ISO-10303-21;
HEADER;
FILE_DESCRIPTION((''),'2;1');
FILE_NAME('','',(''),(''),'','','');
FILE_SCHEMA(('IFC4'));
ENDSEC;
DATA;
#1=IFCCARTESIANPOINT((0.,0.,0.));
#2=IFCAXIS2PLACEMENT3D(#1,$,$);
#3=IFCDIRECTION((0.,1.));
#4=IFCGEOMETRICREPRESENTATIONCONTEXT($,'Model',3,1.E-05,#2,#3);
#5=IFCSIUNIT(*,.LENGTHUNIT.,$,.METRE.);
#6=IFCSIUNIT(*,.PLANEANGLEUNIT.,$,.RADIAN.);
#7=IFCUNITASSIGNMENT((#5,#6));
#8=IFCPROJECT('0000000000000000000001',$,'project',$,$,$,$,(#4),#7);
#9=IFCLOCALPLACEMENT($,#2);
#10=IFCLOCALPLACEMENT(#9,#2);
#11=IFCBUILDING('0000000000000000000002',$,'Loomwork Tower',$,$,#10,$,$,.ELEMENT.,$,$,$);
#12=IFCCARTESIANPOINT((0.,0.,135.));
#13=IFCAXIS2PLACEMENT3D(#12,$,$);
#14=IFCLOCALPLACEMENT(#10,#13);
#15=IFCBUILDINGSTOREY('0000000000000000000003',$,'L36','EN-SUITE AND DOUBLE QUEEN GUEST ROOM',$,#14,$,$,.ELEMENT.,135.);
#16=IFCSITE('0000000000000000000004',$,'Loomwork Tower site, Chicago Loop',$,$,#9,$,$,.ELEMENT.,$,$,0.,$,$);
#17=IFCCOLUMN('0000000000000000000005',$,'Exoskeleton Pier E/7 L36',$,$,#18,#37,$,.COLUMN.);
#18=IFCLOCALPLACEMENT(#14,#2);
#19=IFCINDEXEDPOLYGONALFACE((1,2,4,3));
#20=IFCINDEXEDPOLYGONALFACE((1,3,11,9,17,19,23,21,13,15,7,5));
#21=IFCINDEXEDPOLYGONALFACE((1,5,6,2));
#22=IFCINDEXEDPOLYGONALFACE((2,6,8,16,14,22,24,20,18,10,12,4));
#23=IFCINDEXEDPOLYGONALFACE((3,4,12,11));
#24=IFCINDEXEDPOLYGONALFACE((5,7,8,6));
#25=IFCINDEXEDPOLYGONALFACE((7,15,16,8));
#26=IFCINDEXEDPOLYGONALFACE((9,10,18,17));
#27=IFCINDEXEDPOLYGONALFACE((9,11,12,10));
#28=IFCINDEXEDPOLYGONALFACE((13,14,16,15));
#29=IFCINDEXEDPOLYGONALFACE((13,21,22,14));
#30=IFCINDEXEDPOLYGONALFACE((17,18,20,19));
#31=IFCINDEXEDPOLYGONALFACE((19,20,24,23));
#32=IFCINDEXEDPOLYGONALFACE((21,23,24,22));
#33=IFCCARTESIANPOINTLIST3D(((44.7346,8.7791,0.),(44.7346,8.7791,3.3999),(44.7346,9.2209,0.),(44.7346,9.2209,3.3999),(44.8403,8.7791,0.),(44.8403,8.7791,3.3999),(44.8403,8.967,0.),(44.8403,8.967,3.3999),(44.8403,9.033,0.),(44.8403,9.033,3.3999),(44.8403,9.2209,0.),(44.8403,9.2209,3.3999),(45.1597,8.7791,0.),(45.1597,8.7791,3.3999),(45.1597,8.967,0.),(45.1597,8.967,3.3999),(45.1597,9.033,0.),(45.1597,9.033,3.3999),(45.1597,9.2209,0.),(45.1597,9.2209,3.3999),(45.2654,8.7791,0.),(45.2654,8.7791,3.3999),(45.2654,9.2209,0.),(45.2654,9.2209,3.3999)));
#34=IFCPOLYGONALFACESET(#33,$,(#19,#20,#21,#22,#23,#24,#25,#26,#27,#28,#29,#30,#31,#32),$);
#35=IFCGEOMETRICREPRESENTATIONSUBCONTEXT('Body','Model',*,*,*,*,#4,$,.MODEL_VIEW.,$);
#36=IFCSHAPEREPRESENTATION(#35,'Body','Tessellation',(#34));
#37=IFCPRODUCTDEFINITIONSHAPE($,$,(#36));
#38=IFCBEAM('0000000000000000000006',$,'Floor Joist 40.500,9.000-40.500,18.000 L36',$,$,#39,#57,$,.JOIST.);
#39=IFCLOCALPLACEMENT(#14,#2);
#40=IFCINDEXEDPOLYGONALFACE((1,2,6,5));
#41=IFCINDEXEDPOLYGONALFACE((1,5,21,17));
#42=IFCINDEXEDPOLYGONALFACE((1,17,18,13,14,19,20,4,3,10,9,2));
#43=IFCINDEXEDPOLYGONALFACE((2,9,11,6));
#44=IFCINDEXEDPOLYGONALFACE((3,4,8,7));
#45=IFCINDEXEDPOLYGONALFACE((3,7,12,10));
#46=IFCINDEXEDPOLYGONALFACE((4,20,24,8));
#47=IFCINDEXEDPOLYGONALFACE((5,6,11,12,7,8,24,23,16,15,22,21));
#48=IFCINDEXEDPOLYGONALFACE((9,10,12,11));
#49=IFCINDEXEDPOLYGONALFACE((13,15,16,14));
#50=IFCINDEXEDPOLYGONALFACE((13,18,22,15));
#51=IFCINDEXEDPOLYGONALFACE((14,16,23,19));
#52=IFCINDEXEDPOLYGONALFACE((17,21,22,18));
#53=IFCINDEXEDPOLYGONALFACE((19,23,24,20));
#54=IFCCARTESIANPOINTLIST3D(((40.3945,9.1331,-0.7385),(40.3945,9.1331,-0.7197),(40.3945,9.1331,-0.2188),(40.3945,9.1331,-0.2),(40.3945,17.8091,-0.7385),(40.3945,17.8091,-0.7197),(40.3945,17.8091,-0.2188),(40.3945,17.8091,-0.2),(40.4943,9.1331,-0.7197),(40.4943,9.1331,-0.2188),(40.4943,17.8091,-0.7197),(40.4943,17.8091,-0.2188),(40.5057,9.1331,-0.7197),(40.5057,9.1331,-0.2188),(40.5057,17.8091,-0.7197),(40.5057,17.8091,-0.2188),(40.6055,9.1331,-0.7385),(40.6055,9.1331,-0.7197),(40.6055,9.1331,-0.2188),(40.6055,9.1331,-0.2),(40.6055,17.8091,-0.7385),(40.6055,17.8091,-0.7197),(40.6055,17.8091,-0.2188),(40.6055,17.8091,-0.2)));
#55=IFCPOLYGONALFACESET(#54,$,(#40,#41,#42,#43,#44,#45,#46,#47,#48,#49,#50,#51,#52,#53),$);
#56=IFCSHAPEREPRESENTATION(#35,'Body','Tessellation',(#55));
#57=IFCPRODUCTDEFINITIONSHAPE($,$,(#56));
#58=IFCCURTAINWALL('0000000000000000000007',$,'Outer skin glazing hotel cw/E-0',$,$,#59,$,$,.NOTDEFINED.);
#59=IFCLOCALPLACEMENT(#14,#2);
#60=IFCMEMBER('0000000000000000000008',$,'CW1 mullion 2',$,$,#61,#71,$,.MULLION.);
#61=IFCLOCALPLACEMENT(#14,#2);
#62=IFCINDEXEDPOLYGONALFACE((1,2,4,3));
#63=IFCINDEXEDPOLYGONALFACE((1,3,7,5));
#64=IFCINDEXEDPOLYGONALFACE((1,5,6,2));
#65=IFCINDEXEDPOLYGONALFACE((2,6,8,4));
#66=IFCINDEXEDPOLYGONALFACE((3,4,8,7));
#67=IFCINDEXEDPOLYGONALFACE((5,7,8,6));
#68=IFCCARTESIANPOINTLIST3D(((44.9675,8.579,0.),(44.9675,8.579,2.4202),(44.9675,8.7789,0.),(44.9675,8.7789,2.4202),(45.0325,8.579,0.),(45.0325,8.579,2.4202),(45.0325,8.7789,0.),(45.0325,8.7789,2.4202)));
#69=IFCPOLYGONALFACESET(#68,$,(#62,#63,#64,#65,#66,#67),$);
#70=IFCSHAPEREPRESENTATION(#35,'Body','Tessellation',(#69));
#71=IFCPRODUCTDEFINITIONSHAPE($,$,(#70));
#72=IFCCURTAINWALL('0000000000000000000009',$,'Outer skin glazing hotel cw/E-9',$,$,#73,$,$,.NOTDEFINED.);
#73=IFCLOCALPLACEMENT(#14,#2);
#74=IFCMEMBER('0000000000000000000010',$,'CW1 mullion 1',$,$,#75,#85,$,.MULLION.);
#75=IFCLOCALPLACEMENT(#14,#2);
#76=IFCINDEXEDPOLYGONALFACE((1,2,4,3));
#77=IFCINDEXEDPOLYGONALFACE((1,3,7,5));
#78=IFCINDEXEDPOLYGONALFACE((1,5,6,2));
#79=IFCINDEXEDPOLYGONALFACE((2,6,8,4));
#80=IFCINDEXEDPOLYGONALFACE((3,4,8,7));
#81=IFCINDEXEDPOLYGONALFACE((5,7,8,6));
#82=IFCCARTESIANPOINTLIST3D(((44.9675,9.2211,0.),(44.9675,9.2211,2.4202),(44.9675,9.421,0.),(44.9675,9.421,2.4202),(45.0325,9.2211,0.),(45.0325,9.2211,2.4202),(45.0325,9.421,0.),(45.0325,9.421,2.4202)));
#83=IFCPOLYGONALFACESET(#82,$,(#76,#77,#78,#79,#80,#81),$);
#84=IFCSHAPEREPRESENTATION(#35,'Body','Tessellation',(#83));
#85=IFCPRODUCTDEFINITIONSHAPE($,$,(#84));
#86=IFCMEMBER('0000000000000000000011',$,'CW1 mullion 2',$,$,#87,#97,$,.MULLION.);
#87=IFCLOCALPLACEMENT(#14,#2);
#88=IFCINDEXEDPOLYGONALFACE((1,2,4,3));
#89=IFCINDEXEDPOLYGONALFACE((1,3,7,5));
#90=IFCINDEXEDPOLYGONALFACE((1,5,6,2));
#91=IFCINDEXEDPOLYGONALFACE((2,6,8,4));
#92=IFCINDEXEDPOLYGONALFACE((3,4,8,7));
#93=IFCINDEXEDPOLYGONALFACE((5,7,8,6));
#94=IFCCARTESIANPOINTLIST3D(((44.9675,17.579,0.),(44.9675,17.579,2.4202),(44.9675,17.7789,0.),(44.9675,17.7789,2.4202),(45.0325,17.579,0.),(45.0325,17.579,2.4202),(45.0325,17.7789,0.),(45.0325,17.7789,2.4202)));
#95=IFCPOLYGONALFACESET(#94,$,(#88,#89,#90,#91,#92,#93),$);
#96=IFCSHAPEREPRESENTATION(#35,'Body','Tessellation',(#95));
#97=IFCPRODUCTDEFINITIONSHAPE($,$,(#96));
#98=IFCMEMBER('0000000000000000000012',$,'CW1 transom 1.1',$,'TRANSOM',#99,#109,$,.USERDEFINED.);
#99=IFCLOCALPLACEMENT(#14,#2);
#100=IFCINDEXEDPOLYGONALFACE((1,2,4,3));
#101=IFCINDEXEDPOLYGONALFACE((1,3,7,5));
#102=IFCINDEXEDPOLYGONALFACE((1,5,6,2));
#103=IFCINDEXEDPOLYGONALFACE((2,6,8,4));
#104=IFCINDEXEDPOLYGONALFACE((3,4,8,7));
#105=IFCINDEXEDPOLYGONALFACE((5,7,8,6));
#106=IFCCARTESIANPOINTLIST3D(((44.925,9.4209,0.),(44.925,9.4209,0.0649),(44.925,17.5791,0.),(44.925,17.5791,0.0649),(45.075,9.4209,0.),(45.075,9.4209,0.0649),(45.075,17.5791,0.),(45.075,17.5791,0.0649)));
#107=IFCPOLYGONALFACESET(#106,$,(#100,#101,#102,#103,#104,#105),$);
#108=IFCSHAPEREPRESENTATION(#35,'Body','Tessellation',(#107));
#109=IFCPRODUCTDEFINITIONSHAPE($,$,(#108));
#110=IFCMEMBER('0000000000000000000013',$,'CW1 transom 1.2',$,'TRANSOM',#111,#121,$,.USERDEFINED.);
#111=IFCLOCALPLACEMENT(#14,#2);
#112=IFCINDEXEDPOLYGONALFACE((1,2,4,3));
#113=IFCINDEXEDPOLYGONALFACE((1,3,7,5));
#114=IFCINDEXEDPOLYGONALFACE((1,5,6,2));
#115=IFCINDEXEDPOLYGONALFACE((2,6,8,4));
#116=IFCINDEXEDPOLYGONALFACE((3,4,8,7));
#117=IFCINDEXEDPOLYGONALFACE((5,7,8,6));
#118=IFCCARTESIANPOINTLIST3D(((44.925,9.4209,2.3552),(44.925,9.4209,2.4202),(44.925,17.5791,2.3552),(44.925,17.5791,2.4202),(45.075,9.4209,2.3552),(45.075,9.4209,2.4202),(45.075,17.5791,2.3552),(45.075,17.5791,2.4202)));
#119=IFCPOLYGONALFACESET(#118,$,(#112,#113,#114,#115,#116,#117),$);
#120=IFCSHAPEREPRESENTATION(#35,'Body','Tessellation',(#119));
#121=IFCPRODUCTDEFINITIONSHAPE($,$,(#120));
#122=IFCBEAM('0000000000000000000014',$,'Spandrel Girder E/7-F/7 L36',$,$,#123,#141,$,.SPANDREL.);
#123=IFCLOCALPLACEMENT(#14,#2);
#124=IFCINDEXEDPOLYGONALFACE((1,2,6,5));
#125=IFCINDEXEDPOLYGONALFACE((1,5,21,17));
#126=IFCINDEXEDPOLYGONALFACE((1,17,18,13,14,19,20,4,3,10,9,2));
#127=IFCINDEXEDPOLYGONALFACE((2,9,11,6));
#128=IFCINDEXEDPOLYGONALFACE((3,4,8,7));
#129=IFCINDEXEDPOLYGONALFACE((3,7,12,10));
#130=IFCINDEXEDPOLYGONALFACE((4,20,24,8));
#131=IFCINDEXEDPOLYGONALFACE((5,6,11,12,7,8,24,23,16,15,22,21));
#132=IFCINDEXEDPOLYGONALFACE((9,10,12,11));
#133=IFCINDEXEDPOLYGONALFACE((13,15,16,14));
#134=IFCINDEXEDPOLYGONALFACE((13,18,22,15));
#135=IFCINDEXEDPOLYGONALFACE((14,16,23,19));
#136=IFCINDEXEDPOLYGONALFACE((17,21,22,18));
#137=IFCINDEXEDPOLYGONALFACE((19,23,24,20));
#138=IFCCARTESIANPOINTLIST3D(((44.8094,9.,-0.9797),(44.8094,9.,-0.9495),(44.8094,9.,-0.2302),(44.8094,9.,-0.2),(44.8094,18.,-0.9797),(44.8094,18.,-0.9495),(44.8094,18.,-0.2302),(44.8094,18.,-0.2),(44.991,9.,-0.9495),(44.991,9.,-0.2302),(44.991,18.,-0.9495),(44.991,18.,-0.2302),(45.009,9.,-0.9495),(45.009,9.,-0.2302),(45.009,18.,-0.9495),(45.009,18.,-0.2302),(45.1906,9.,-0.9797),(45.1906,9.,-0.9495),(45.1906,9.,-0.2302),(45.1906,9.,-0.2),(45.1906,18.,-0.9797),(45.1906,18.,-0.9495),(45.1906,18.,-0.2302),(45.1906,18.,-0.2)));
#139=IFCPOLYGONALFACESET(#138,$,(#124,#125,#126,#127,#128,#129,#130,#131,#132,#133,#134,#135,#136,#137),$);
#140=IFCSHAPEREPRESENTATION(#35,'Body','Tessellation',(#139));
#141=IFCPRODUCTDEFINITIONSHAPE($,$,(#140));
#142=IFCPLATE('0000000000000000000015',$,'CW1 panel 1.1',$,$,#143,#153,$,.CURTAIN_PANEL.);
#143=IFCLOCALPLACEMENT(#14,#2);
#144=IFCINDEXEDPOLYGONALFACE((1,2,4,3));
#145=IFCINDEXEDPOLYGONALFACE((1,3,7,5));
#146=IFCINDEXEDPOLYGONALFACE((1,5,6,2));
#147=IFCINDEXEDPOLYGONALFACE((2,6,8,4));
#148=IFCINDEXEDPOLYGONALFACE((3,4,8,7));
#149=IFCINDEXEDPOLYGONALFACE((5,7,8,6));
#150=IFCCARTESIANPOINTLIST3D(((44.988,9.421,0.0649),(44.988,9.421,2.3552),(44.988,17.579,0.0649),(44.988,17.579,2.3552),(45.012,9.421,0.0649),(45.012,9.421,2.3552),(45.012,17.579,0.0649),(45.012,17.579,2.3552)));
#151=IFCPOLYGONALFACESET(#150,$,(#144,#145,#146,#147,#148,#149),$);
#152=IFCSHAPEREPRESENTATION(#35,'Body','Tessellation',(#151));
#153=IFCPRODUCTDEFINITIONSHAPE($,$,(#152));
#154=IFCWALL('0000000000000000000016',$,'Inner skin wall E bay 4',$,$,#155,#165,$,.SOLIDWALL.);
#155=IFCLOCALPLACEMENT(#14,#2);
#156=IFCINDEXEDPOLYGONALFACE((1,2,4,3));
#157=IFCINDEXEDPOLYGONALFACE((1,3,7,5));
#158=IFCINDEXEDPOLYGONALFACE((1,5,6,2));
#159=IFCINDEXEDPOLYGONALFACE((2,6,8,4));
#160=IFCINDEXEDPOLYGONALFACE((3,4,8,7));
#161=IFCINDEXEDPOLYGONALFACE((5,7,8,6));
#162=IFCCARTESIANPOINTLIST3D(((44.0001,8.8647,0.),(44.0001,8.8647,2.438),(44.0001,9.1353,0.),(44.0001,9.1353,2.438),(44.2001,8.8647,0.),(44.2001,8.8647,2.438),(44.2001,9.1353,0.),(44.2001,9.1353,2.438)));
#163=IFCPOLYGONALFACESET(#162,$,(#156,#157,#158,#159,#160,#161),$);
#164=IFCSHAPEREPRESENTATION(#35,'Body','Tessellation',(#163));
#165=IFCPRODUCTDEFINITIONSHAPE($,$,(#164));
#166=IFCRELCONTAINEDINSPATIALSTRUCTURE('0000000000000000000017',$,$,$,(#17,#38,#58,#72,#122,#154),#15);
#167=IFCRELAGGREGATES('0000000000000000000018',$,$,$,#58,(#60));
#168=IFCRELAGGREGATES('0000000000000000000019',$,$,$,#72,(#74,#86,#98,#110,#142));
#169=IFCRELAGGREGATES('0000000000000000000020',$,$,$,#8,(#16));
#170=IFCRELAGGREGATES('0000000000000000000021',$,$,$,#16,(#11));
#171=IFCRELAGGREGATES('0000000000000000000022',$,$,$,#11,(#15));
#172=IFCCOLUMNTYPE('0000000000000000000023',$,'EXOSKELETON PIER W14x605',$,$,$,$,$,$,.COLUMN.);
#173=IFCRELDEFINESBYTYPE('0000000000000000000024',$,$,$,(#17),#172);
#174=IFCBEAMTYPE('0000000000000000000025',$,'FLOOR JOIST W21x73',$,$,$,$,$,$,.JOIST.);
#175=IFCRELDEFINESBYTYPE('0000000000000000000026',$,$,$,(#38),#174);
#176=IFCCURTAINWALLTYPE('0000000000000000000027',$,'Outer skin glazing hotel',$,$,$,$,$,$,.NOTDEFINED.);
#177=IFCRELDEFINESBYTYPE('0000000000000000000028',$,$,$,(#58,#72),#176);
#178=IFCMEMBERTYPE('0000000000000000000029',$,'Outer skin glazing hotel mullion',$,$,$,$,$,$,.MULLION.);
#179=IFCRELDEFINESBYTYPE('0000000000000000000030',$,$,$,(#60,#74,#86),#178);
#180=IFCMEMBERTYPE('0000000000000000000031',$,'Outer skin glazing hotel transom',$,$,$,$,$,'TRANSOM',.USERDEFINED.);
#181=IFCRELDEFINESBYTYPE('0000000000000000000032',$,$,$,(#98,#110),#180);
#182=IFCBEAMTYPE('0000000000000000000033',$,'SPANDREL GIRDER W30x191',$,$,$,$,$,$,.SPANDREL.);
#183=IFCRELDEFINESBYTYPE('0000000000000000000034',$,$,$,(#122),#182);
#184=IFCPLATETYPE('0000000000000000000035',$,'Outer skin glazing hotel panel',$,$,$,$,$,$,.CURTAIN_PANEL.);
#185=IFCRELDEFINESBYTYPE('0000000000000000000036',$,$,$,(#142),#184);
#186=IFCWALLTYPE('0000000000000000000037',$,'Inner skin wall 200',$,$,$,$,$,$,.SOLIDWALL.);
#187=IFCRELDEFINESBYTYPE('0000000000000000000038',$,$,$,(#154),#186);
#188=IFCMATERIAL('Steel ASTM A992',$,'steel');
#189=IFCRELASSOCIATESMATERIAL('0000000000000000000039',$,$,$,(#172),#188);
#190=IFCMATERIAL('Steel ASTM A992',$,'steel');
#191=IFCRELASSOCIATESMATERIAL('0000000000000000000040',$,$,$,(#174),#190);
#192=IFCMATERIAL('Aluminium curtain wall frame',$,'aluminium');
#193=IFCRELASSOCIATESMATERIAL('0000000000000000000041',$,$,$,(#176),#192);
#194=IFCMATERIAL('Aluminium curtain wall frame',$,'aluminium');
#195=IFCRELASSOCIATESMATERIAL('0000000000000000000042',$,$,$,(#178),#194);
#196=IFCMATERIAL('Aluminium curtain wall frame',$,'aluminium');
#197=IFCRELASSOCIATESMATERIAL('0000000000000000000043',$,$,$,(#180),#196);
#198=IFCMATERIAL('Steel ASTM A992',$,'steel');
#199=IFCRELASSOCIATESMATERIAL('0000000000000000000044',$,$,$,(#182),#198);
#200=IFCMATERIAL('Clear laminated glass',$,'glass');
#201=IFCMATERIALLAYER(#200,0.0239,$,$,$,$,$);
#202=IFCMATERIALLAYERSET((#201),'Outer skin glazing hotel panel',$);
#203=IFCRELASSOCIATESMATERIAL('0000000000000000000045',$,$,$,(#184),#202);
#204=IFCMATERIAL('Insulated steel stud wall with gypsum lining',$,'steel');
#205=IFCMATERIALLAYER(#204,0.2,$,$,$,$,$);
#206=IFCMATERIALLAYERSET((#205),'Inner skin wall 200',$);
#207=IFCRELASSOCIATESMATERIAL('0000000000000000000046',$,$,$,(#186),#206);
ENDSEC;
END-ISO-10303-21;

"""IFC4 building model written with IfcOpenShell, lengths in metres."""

from ifc_helpers import new_model, si_unit, direction, frame, frame_2d, origin, origin_2d, place, context, subcontext, project, spatial, rectangle, i_section, extrude, material, layer, layer_set, material_profile, profile_set, type_object, element, aggregate, save


model = new_model("IFC4")

# Units and contexts
model_context = context("Model", 3, precision=1e-05, world=origin(), true_north=direction((0.0, 1.0)))
body_context = subcontext(model_context, "Body", "Model", "MODEL_VIEW")
ifc_project = project(units=[si_unit("LENGTHUNIT", "METRE"), si_unit("PLANEANGLEUNIT", "RADIAN")], contexts=[model_context])

# Site, building, storey
site_placement = place(None, origin())
site = spatial("IfcSite", under=ifc_project, at=site_placement, Name="Loomwork Tower site, Chicago Loop", CompositionType="ELEMENT", RefElevation=0.0)
building_placement = place(site_placement, origin())
building = spatial("IfcBuilding", under=site, at=building_placement, Name="Loomwork Tower", CompositionType="ELEMENT")
storey_placement = place(building_placement, frame((0.0, 0.0, 135.0)))
storey = spatial("IfcBuildingStorey", under=building, at=storey_placement, Name="L36", Description="EN-SUITE AND DOUBLE QUEEN GUEST ROOM", CompositionType="ELEMENT", Elevation=135.0)

# Column
ifc_material_1 = material(Name="Steel ASTM A992", Category="steel")
ifc_material_profile_1 = material_profile(ifc_material_1, i_section(OverallWidth=0.4419, OverallDepth=0.5308, WebThickness=0.0659, FlangeThickness=0.1057, at=origin_2d()), Name="W14x605")
ifc_profile_set_1 = profile_set([ifc_material_profile_1], Name="Steel ASTM A992")
column_type = type_object("IfcColumnType", Name="EXOSKELETON PIER W14x605", PredefinedType="COLUMN", material=ifc_profile_set_1)
column_placement = place(storey_placement, frame((45.0, 9.0, 0.0), z_axis=(0.0, 0.0, 1.0), x_axis=(0.0, 1.0, 0.0)))
element("IfcColumn", 1, at=column_placement, inside=storey, type_object=column_type, Name="Exoskeleton Pier E/7 L36", PredefinedType="COLUMN", context=body_context, shape_type="SweptSolid", body=[
    extrude(i_section(OverallWidth=0.4419, OverallDepth=0.5308, WebThickness=0.0659, FlangeThickness=0.1057, at=origin_2d()), origin(), (0.0, 0.0, 1.0), 3.3999),
])

# Beam
ifc_material_2 = material(Name="Steel ASTM A992", Category="steel")
ifc_material_profile_2 = material_profile(ifc_material_2, i_section(OverallWidth=0.2109, OverallDepth=0.5386, WebThickness=0.0115, FlangeThickness=0.0188, at=origin_2d()), Name="W21x73")
ifc_profile_set_2 = profile_set([ifc_material_profile_2], Name="Steel ASTM A992")
beam_type_1 = type_object("IfcBeamType", Name="FLOOR JOIST W21x73", PredefinedType="JOIST", material=ifc_profile_set_2)
beam_1_placement = place(storey_placement, frame((40.5, 9.1331, -0.4692), z_axis=(0.0, 1.0, 0.0), x_axis=(-1.0, 0.0, 0.0)))
element("IfcBeam", 2, at=beam_1_placement, inside=storey, type_object=beam_type_1, Name="Floor Joist 40.500,9.000-40.500,18.000 L36", PredefinedType="JOIST", context=body_context, shape_type="SweptSolid", body=[
    extrude(i_section(OverallWidth=0.2109, OverallDepth=0.5386, WebThickness=0.0115, FlangeThickness=0.0188, at=origin_2d()), origin(), (0.0, 0.0, 1.0), 8.676),
])

# Curtain wall, member
ifc_material_3 = material(Name="Aluminium curtain wall frame", Category="aluminium")
curtain_wall_type = type_object("IfcCurtainWallType", Name="Outer skin glazing hotel", PredefinedType="NOTDEFINED", material=ifc_material_3)
curtain_wall_1_placement = place(storey_placement, origin())
curtain_wall_1 = element("IfcCurtainWall", 3, at=curtain_wall_1_placement, inside=storey, type_object=curtain_wall_type, Name="Outer skin glazing hotel cw/E-0", PredefinedType="NOTDEFINED")
ifc_material_4 = material(Name="Aluminium curtain wall frame", Category="aluminium")
ifc_material_profile_3 = material_profile(ifc_material_4, rectangle(XDim=0.0649, YDim=0.2, at=origin_2d()), Name="AL 65x200")
ifc_profile_set_3 = profile_set([ifc_material_profile_3], Name="Aluminium curtain wall frame")
member_type_1 = type_object("IfcMemberType", Name="Outer skin glazing hotel mullion", PredefinedType="MULLION", material=ifc_profile_set_3)
member_1_placement = place(storey_placement, frame((45.0, 8.679, 0.0), z_axis=(0.0, 0.0, 1.0), x_axis=(-1.0, 0.0, 0.0)))
member_1 = element("IfcMember", 4, at=member_1_placement, type_object=member_type_1, Name="CW1 mullion 2", PredefinedType="MULLION", context=body_context, shape_type="SweptSolid", body=[
    extrude(rectangle(XDim=0.0649, YDim=0.2, at=origin_2d()), origin(), (0.0, 0.0, 1.0), 2.4202),
])
aggregate(curtain_wall_1, [member_1])

# Curtain wall, members
curtain_wall_2_placement = place(storey_placement, origin())
curtain_wall_2 = element("IfcCurtainWall", 5, at=curtain_wall_2_placement, inside=storey, type_object=curtain_wall_type, Name="Outer skin glazing hotel cw/E-9", PredefinedType="NOTDEFINED")
member_2_placement = place(storey_placement, frame((45.0, 9.321, 0.0), z_axis=(0.0, 0.0, 1.0), x_axis=(-1.0, 0.0, 0.0)))
member_2 = element("IfcMember", 6, at=member_2_placement, type_object=member_type_1, Name="CW1 mullion 1", PredefinedType="MULLION", context=body_context, shape_type="SweptSolid", body=[
    extrude(rectangle(XDim=0.0649, YDim=0.2, at=origin_2d()), origin(), (0.0, 0.0, 1.0), 2.4202),
])
member_3_placement = place(storey_placement, frame((45.0, 17.679, 0.0), z_axis=(0.0, 0.0, 1.0), x_axis=(-1.0, 0.0, 0.0)))
member_3 = element("IfcMember", 7, at=member_3_placement, type_object=member_type_1, Name="CW1 mullion 2", PredefinedType="MULLION", context=body_context, shape_type="SweptSolid", body=[
    extrude(rectangle(XDim=0.0649, YDim=0.2, at=origin_2d()), origin(), (0.0, 0.0, 1.0), 2.4202),
])
ifc_material_5 = material(Name="Aluminium curtain wall frame", Category="aluminium")
ifc_material_profile_4 = material_profile(ifc_material_5, rectangle(XDim=0.1499, YDim=0.0649, at=origin_2d()), Name="AL 65x150")
ifc_profile_set_4 = profile_set([ifc_material_profile_4], Name="Aluminium curtain wall frame")
member_type_2 = type_object("IfcMemberType", Name="Outer skin glazing hotel transom", ElementType="TRANSOM", PredefinedType="USERDEFINED", material=ifc_profile_set_4)
member_4_placement = place(storey_placement, frame((45.0, 9.4209, 0.0325), z_axis=(0.0, 1.0, 0.0), x_axis=(-1.0, 0.0, 0.0)))
member_4 = element("IfcMember", 8, at=member_4_placement, type_object=member_type_2, Name="CW1 transom 1.1", ObjectType="TRANSOM", PredefinedType="USERDEFINED", context=body_context, shape_type="SweptSolid", body=[
    extrude(rectangle(XDim=0.1499, YDim=0.0649, at=origin_2d()), origin(), (0.0, 0.0, 1.0), 8.1582),
])
member_5_placement = place(storey_placement, frame((45.0, 9.4209, 2.3877), z_axis=(0.0, 1.0, 0.0), x_axis=(-1.0, 0.0, 0.0)))
member_5 = element("IfcMember", 9, at=member_5_placement, type_object=member_type_2, Name="CW1 transom 1.2", ObjectType="TRANSOM", PredefinedType="USERDEFINED", context=body_context, shape_type="SweptSolid", body=[
    extrude(rectangle(XDim=0.1499, YDim=0.0649, at=origin_2d()), origin(), (0.0, 0.0, 1.0), 8.1582),
])

# Beam
ifc_material_6 = material(Name="Steel ASTM A992", Category="steel")
ifc_material_profile_5 = material_profile(ifc_material_6, i_section(OverallWidth=0.3811, OverallDepth=0.7798, WebThickness=0.0181, FlangeThickness=0.0303, at=origin_2d()), Name="W30x191")
ifc_profile_set_5 = profile_set([ifc_material_profile_5], Name="Steel ASTM A992")
beam_type_2 = type_object("IfcBeamType", Name="SPANDREL GIRDER W30x191", PredefinedType="SPANDREL", material=ifc_profile_set_5)
beam_2_placement = place(storey_placement, frame((45.0, 9.0, -0.5898), z_axis=(0.0, 1.0, 0.0), x_axis=(-1.0, 0.0, 0.0)))
element("IfcBeam", 10, at=beam_2_placement, inside=storey, type_object=beam_type_2, Name="Spandrel Girder E/7-F/7 L36", PredefinedType="SPANDREL", context=body_context, shape_type="SweptSolid", body=[
    extrude(i_section(OverallWidth=0.3811, OverallDepth=0.7798, WebThickness=0.0181, FlangeThickness=0.0303, at=origin_2d()), origin(), (0.0, 0.0, 1.0), 9.0),
])

# Plate
ifc_material_7 = material(Name="Clear laminated glass", Category="glass")
ifc_layer_1 = layer(ifc_material_7, 0.0239)
ifc_layer_set_1 = layer_set([ifc_layer_1], Name="Outer skin glazing hotel panel")
plate_type = type_object("IfcPlateType", Name="Outer skin glazing hotel panel", PredefinedType="CURTAIN_PANEL", material=ifc_layer_set_1)
plate_placement = place(storey_placement, frame((45.0, 13.5, 0.0649), z_axis=(0.0, 0.0, 1.0), x_axis=(0.0, 1.0, 0.0)))
plate = element("IfcPlate", 11, at=plate_placement, type_object=plate_type, Name="CW1 panel 1.1", PredefinedType="CURTAIN_PANEL", context=body_context, shape_type="SweptSolid", body=[
    extrude(rectangle(XDim=8.158, YDim=0.0239, at=origin_2d()), origin(), (0.0, 0.0, 1.0), 2.2903),
])
aggregate(curtain_wall_2, [member_2, member_3, member_4, member_5, plate])

# Wall
ifc_material_8 = material(Name="Insulated steel stud wall with gypsum lining", Category="steel")
ifc_layer_2 = layer(ifc_material_8, 0.2)
ifc_layer_set_2 = layer_set([ifc_layer_2], Name="Inner skin wall 200")
wall_type = type_object("IfcWallType", Name="Inner skin wall 200", PredefinedType="SOLIDWALL", material=ifc_layer_set_2)
wall_1_placement = place(storey_placement, frame((44.1001, 8.8647, 0.0), z_axis=(0.0, 0.0, 1.0), x_axis=(0.0, 1.0, 0.0)))
element("IfcWall", 12, at=wall_1_placement, inside=storey, type_object=wall_type, Name="Inner skin wall E bay 4", PredefinedType="SOLIDWALL", context=body_context, shape_type="SweptSolid", body=[
    extrude(rectangle(XDim=0.2705, YDim=0.2, at=frame_2d((0.1353, 0.0))), origin(), (0.0, 0.0, 1.0), 2.438),
])

save(model, "model.ifc")
